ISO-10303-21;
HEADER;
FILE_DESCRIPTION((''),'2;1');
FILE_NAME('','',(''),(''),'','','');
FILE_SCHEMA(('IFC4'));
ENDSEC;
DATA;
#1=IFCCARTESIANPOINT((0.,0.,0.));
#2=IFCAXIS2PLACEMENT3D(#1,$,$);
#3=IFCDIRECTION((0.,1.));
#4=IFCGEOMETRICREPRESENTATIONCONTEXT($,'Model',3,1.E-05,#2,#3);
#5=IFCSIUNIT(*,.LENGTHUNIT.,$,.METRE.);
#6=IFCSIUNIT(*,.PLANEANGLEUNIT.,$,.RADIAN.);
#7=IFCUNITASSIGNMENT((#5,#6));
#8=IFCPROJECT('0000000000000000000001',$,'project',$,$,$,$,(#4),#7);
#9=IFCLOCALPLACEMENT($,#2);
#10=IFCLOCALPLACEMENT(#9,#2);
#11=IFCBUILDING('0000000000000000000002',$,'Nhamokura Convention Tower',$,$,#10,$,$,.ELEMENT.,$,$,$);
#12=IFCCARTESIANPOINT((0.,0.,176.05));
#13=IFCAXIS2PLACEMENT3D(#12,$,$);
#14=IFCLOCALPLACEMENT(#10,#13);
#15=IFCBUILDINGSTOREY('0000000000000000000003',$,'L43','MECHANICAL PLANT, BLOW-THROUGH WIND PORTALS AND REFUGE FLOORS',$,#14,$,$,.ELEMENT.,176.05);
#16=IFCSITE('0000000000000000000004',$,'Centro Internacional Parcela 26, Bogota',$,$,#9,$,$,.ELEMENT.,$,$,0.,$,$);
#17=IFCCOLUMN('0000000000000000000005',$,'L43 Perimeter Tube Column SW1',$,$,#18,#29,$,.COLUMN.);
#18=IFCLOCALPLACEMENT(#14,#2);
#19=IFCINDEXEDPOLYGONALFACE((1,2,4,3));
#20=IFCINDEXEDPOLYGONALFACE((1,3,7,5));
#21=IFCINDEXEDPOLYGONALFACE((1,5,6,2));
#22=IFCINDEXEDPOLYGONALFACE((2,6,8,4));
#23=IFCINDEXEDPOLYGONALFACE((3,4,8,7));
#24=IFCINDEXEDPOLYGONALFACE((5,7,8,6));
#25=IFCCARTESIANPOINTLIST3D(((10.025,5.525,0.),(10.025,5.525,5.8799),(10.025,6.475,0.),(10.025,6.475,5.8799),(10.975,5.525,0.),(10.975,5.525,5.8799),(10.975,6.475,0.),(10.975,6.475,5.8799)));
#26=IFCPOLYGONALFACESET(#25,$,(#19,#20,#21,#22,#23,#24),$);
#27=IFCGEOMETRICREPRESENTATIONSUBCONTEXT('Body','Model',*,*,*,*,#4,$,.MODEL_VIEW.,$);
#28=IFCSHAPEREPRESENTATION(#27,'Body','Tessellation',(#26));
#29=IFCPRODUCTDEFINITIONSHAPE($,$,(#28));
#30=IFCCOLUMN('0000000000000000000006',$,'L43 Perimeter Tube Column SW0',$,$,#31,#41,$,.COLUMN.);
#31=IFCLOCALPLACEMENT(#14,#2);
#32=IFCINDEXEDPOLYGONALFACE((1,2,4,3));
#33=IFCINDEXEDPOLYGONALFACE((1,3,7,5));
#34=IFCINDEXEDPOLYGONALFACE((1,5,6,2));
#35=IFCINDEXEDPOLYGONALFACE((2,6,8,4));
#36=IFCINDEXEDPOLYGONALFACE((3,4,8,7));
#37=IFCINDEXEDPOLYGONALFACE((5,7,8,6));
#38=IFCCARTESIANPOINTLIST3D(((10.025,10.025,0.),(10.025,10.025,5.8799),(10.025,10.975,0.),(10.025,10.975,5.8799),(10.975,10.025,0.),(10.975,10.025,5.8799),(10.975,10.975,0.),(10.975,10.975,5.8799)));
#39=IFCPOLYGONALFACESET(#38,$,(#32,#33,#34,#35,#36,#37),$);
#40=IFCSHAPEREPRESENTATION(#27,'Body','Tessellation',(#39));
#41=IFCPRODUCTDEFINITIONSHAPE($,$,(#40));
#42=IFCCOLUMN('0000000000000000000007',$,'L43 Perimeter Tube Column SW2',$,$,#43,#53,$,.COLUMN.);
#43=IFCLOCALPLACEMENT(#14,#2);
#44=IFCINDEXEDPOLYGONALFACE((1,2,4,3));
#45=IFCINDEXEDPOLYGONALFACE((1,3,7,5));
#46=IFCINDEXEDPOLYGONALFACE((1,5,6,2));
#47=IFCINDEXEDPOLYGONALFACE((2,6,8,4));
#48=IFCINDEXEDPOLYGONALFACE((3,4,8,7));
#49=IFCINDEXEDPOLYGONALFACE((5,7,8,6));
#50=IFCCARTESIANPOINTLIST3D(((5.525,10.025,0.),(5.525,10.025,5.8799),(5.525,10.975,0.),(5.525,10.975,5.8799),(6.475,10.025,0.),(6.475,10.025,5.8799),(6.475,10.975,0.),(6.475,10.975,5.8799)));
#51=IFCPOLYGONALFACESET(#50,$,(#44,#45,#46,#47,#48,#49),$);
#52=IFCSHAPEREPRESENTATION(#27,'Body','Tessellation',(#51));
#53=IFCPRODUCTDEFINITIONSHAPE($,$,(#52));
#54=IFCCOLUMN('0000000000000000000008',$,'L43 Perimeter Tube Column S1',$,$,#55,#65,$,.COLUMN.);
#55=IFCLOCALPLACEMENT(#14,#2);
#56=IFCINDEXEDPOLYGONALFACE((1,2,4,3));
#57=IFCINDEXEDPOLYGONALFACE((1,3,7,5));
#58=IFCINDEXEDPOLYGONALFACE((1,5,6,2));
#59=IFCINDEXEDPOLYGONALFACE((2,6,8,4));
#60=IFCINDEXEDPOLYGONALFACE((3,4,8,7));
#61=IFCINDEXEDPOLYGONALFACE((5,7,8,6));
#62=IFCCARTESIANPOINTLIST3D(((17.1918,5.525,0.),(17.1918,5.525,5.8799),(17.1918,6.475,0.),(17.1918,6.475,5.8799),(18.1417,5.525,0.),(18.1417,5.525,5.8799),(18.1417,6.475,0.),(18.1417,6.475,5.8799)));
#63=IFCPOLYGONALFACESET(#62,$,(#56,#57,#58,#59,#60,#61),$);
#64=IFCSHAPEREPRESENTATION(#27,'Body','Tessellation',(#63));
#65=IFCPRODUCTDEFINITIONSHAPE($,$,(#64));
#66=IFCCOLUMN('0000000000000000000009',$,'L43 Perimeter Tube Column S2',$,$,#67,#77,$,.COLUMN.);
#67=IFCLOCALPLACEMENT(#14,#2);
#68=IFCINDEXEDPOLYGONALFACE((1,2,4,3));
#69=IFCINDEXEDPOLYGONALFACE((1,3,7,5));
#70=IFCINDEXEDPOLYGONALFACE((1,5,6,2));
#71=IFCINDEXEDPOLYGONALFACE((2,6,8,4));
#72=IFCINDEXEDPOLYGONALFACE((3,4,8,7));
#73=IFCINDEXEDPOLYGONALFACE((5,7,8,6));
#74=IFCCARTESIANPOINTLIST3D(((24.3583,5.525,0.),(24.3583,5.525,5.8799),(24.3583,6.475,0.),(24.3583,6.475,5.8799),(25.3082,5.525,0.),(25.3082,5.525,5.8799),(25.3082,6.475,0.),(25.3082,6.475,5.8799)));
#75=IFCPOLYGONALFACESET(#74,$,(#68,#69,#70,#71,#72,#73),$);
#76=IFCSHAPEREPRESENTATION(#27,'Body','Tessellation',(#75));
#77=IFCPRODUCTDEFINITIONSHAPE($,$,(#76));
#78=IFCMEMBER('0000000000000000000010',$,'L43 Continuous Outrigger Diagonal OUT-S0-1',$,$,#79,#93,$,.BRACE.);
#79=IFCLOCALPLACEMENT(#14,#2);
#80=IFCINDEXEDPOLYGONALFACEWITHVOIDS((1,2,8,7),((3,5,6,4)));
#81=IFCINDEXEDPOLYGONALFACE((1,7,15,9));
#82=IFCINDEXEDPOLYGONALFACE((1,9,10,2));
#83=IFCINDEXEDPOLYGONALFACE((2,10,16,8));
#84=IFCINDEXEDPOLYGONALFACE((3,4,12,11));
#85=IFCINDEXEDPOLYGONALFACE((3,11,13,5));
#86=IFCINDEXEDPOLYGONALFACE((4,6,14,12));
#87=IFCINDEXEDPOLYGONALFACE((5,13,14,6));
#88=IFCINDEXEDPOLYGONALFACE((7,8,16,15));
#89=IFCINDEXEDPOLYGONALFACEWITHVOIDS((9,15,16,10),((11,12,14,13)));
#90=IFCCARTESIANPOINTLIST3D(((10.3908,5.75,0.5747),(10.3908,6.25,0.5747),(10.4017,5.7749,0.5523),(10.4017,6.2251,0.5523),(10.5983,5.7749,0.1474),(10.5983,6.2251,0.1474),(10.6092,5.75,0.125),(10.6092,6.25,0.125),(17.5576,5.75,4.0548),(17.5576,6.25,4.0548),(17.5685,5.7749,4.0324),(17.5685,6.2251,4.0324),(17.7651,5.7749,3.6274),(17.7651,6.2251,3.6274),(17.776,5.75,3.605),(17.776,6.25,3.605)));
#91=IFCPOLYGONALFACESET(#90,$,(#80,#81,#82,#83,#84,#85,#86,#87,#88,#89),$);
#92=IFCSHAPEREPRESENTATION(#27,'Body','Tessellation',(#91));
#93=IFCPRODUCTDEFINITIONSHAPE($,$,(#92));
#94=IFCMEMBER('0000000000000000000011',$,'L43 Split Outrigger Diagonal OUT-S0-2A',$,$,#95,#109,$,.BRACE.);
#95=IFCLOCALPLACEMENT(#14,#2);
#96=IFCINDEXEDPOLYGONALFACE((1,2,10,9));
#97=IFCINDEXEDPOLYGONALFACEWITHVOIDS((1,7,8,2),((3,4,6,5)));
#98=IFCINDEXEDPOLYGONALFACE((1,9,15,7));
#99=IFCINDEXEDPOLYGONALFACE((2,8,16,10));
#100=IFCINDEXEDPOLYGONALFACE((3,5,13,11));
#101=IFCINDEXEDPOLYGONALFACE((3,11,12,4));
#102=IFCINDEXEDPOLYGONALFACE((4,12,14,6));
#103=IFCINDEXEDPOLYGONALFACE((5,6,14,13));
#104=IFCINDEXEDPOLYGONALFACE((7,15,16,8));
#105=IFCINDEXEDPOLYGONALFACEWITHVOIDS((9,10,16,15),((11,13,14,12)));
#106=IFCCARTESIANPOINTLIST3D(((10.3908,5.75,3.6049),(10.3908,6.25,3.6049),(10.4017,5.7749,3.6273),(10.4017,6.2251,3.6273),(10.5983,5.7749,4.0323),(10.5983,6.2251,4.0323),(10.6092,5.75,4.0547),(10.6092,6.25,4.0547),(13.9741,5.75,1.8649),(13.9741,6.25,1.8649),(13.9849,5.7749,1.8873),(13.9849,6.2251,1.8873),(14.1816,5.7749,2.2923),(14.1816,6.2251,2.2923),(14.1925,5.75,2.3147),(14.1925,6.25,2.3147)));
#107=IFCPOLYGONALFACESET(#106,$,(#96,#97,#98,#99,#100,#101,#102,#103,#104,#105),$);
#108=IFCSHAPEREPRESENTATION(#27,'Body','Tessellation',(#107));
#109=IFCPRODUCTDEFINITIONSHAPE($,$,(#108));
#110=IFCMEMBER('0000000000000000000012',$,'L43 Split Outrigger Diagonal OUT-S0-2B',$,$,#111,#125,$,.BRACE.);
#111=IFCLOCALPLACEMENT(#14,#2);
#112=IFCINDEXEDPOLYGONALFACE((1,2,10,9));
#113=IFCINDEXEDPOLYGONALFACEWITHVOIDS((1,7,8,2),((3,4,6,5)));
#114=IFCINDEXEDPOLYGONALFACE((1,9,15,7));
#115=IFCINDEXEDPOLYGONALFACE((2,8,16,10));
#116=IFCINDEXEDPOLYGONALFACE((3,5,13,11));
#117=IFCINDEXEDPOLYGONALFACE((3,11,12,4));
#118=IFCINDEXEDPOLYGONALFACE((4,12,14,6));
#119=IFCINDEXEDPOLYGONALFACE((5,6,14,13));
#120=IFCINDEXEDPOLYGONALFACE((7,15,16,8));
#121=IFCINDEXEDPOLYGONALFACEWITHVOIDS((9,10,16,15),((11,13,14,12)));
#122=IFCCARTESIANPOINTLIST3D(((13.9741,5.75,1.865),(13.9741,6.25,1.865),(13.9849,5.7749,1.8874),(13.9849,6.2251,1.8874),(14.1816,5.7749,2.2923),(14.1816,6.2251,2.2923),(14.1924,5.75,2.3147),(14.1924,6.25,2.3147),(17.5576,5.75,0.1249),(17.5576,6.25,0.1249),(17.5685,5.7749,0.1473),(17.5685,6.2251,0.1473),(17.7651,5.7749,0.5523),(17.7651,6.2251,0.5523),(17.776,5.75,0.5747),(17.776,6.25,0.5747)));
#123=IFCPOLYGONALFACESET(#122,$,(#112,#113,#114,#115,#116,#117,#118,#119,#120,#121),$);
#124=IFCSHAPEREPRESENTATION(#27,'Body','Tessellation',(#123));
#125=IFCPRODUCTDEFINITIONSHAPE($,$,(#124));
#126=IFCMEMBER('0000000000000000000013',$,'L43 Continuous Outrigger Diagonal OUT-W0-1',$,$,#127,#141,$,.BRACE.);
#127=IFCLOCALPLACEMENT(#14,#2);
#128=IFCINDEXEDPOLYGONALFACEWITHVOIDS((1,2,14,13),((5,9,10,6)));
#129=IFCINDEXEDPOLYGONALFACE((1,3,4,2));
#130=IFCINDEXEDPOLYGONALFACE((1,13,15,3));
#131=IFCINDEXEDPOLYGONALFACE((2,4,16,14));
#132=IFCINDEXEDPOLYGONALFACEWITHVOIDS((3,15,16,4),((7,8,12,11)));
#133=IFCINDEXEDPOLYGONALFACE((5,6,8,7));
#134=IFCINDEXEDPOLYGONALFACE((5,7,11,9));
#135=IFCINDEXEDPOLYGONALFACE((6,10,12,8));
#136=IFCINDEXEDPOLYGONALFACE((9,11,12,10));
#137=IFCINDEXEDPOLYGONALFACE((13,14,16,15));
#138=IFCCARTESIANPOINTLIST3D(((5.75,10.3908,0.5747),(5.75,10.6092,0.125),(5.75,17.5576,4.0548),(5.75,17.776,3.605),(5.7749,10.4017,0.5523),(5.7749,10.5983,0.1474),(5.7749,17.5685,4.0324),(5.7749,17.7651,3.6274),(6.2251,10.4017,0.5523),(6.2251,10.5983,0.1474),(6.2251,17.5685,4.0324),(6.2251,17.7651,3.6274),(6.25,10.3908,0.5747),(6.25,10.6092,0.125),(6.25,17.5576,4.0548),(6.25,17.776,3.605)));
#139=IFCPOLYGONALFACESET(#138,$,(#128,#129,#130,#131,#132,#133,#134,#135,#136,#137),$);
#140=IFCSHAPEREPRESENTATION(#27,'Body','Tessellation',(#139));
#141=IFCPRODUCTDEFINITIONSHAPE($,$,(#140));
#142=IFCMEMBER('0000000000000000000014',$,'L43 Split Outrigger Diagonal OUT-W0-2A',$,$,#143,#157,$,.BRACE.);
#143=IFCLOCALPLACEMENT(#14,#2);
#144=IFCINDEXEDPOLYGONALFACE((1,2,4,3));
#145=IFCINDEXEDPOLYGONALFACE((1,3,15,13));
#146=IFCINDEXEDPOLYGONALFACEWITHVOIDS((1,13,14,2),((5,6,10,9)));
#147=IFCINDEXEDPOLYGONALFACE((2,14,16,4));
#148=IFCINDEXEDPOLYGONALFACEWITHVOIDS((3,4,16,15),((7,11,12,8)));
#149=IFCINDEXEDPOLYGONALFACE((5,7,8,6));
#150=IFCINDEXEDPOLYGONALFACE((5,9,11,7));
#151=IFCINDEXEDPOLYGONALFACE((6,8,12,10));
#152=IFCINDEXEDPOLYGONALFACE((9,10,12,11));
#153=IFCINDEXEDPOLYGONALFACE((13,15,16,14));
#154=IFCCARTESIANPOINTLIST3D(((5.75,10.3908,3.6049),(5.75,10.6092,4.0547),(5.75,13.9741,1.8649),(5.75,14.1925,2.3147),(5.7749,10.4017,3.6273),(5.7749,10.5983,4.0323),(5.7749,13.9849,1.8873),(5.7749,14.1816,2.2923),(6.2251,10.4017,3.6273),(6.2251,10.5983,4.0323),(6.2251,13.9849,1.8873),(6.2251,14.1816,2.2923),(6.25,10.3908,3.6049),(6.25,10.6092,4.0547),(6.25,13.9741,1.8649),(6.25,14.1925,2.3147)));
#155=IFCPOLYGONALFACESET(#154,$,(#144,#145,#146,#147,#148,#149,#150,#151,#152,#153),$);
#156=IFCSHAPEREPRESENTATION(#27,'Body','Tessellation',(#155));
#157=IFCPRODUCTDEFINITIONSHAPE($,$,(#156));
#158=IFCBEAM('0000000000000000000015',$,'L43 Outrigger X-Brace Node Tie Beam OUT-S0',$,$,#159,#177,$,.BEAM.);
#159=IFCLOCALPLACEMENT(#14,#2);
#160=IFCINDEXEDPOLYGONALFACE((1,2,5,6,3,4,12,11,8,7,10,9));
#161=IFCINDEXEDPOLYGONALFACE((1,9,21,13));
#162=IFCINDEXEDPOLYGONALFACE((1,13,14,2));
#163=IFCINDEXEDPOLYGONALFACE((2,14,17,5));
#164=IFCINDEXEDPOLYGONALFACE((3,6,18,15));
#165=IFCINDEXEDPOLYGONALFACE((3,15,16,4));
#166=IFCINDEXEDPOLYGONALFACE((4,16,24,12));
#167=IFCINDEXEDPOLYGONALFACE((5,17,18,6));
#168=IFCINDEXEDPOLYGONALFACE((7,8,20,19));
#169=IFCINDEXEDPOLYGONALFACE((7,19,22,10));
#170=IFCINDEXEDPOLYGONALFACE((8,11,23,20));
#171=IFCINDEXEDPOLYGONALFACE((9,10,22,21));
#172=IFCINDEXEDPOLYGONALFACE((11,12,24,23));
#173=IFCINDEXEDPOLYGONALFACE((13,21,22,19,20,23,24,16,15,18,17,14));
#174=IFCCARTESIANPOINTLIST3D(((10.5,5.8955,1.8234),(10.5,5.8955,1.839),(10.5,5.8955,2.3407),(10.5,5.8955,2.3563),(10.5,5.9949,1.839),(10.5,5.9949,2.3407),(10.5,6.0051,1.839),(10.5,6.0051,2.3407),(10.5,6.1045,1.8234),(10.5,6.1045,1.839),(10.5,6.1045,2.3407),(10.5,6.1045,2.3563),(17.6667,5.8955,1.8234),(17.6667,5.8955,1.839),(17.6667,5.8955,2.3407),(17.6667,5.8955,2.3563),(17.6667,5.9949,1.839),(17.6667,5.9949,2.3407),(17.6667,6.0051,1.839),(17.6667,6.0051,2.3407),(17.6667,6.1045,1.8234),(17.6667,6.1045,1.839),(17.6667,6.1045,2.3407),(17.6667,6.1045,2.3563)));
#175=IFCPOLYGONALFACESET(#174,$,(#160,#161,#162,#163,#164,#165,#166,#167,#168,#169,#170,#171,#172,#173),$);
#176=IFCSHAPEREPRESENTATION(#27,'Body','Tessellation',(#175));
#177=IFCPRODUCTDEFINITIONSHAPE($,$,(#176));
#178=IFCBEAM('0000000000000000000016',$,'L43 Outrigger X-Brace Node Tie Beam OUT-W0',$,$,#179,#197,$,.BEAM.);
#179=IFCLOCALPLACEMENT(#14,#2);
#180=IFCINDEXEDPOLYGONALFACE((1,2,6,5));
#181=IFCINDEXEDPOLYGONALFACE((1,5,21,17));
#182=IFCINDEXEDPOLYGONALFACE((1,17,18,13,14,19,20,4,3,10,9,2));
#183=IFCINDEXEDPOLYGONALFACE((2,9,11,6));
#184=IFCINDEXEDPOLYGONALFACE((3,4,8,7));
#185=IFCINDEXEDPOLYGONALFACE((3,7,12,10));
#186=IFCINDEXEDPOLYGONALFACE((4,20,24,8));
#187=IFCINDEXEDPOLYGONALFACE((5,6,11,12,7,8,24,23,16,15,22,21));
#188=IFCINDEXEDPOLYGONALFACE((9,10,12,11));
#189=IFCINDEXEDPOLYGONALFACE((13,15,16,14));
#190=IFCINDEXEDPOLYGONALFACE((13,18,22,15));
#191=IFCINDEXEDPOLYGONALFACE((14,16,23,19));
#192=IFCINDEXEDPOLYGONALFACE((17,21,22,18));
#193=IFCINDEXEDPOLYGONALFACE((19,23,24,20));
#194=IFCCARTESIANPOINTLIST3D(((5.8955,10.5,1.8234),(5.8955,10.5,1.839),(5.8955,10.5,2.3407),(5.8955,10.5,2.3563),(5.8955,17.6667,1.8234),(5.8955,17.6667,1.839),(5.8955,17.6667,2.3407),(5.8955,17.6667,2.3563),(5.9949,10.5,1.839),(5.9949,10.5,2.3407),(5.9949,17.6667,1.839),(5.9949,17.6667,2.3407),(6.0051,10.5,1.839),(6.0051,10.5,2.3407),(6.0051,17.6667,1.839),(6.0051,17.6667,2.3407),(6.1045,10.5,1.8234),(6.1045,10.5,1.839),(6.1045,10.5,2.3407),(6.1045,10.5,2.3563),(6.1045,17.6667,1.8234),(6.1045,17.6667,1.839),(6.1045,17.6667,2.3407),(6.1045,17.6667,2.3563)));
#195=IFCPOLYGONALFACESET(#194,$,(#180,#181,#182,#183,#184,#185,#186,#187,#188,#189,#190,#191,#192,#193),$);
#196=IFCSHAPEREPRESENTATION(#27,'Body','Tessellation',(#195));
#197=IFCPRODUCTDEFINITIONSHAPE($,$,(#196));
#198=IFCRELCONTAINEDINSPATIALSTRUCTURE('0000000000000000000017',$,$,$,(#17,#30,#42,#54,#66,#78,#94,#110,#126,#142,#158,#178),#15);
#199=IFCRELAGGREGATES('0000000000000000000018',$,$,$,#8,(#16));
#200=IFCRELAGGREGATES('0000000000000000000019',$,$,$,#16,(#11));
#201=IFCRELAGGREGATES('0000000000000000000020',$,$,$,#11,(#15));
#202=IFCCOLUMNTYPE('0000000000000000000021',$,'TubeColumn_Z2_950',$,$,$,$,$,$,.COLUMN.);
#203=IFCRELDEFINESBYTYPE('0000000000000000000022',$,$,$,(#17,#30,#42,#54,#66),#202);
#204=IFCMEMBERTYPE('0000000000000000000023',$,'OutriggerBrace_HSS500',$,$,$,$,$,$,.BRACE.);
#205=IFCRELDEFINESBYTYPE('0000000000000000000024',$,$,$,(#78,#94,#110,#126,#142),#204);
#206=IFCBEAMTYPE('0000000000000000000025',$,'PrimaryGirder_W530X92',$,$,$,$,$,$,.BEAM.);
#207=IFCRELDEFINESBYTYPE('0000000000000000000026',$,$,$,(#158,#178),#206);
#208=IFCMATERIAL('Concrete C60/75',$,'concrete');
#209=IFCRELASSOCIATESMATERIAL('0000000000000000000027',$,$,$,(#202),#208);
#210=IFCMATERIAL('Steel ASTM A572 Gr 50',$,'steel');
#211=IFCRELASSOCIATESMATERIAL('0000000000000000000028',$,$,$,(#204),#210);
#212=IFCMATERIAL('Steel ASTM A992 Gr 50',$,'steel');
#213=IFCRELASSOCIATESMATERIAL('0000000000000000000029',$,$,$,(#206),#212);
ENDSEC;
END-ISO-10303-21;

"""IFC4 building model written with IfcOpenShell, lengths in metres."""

from ifc_helpers import new_model, si_unit, direction, frame, origin, origin_2d, place, context, subcontext, project, spatial, rectangle, hollow_rectangle, i_section, extrude, material, material_profile, profile_set, type_object, element, save


model = new_model("IFC4")

# Units and contexts
model_context = context("Model", 3, precision=1e-05, world=origin(), true_north=direction((0.0, 1.0)))
body_context = subcontext(model_context, "Body", "Model", "MODEL_VIEW")
ifc_project = project(units=[si_unit("LENGTHUNIT", "METRE"), si_unit("PLANEANGLEUNIT", "RADIAN")], contexts=[model_context])

# Site, building, storey
site_placement = place(None, origin())
site = spatial("IfcSite", under=ifc_project, at=site_placement, Name="Centro Internacional Parcela 26, Bogota", CompositionType="ELEMENT", RefElevation=0.0)
building_placement = place(site_placement, origin())
building = spatial("IfcBuilding", under=site, at=building_placement, Name="Nhamokura Convention Tower", CompositionType="ELEMENT")
storey_placement = place(building_placement, frame((0.0, 0.0, 176.05)))
storey = spatial("IfcBuildingStorey", under=building, at=storey_placement, Name="L43", Description="MECHANICAL PLANT, BLOW-THROUGH WIND PORTALS AND REFUGE FLOORS", CompositionType="ELEMENT", Elevation=176.05)

# Columns
ifc_material_1 = material(Name="Concrete C60/75", Category="concrete")
ifc_material_profile_1 = material_profile(ifc_material_1, rectangle(XDim=0.95, YDim=0.95, at=origin_2d()))
ifc_profile_set_1 = profile_set([ifc_material_profile_1], Name="Concrete C60/75")
column_type = type_object("IfcColumnType", Name="TubeColumn_Z2_950", PredefinedType="COLUMN", material=ifc_profile_set_1)
for number, where, z_axis, x_axis, name in (
    (1, (10.5, 6.0, 0.0), (0.0, 0.0, 1.0), (1.0, 0.0, 0.0), "L43 Perimeter Tube Column SW1"),
    (2, (10.5, 10.5, 0.0), (0.0, 0.0, 1.0), (1.0, 0.0, 0.0), "L43 Perimeter Tube Column SW0"),
    (3, (6.0, 10.5, 0.0), (0.0, 0.0, 1.0), (1.0, 0.0, 0.0), "L43 Perimeter Tube Column SW2"),
    (4, (17.6667, 6.0, 0.0), (0.0, 0.0, 1.0), (1.0, 0.0, 0.0), "L43 Perimeter Tube Column S1"),
    (5, (24.8333, 6.0, 0.0), (0.0, 0.0, 1.0), (1.0, 0.0, 0.0), "L43 Perimeter Tube Column S2"),
):
    element("IfcColumn", number, at=place(storey_placement, frame(where, z_axis=z_axis, x_axis=x_axis)), inside=storey, type_object=column_type, Name=name, PredefinedType="COLUMN", context=body_context, shape_type="SweptSolid", body=[
        extrude(rectangle(XDim=0.95, YDim=0.95, at=origin_2d()), origin(), (0.0, 0.0, 1.0), 5.8799),
    ])

# Members
ifc_material_2 = material(Name="Steel ASTM A572 Gr 50", Category="steel")
ifc_material_profile_2 = material_profile(ifc_material_2, hollow_rectangle(XDim=0.5, YDim=0.5, WallThickness=0.0249, at=origin_2d()))
ifc_profile_set_2 = profile_set([ifc_material_profile_2], Name="Steel ASTM A572 Gr 50")
member_type_1 = type_object("IfcMemberType", Name="OutriggerBrace_HSS500", PredefinedType="BRACE", material=ifc_profile_set_2)
member_1_placement = place(storey_placement, frame((10.5, 6.0, 0.3499), z_axis=(0.899558, 0.0, 0.436801), x_axis=(0.0, 1.0, 0.0)))
element("IfcMember", 6, at=member_1_placement, inside=storey, type_object=member_type_1, Name="L43 Continuous Outrigger Diagonal OUT-S0-1", PredefinedType="BRACE", context=body_context, shape_type="SweptSolid", body=[
    extrude(hollow_rectangle(XDim=0.5, YDim=0.5, WallThickness=0.0249, at=origin_2d()), origin(), (0.0, 0.0, 1.0), 7.967),
])
member_2_placement = place(storey_placement, frame((10.5, 6.0, 3.8298), z_axis=(0.899552, 0.0, -0.436813), x_axis=(0.0, 1.0, 0.0)))
element("IfcMember", 7, at=member_2_placement, inside=storey, type_object=member_type_1, Name="L43 Split Outrigger Diagonal OUT-S0-2A", PredefinedType="BRACE", context=body_context, shape_type="SweptSolid", body=[
    extrude(hollow_rectangle(XDim=0.5, YDim=0.5, WallThickness=0.0249, at=origin_2d()), origin(), (0.0, 0.0, 1.0), 3.9834),
])
member_3_placement = place(storey_placement, frame((14.0833, 6.0, 2.0898), z_axis=(0.899564, 0.0, -0.436789), x_axis=(0.0, 1.0, 0.0)))
element("IfcMember", 8, at=member_3_placement, inside=storey, type_object=member_type_1, Name="L43 Split Outrigger Diagonal OUT-S0-2B", PredefinedType="BRACE", context=body_context, shape_type="SweptSolid", body=[
    extrude(hollow_rectangle(XDim=0.5, YDim=0.5, WallThickness=0.0249, at=origin_2d()), origin(), (0.0, 0.0, 1.0), 3.9836),
])
member_4_placement = place(storey_placement, frame((6.0, 10.5, 0.3499), z_axis=(0.0, 0.899558, 0.436801), x_axis=(-1.0, 0.0, 0.0)))
element("IfcMember", 9, at=member_4_placement, inside=storey, type_object=member_type_1, Name="L43 Continuous Outrigger Diagonal OUT-W0-1", PredefinedType="BRACE", context=body_context, shape_type="SweptSolid", body=[
    extrude(hollow_rectangle(XDim=0.5, YDim=0.5, WallThickness=0.0249, at=origin_2d()), origin(), (0.0, 0.0, 1.0), 7.967),
])
member_5_placement = place(storey_placement, frame((6.0, 10.5, 3.8298), z_axis=(0.0, 0.899552, -0.436813), x_axis=(-1.0, 0.0, 0.0)))
element("IfcMember", 10, at=member_5_placement, inside=storey, type_object=member_type_1, Name="L43 Split Outrigger Diagonal OUT-W0-2A", PredefinedType="BRACE", context=body_context, shape_type="SweptSolid", body=[
    extrude(hollow_rectangle(XDim=0.5, YDim=0.5, WallThickness=0.0249, at=origin_2d()), origin(), (0.0, 0.0, 1.0), 3.9834),
])

# Beams
ifc_material_3 = material(Name="Steel ASTM A992 Gr 50", Category="steel")
ifc_material_profile_3 = material_profile(ifc_material_3, i_section(OverallWidth=0.209, OverallDepth=0.533, WebThickness=0.0103, FlangeThickness=0.0156, at=origin_2d()))
ifc_profile_set_3 = profile_set([ifc_material_profile_3], Name="Steel ASTM A992 Gr 50")
beam_type_1 = type_object("IfcBeamType", Name="PrimaryGirder_W530X92", PredefinedType="BEAM", material=ifc_profile_set_3)
for number, where, z_axis, x_axis, name in (
    (11, (10.5, 6.0, 2.0898), (1.0, 0.0, 0.0), (0.0, 1.0, 0.0), "L43 Outrigger X-Brace Node Tie Beam OUT-S0"),
    (12, (6.0, 10.5, 2.0898), (0.0, 1.0, 0.0), (-1.0, 0.0, 0.0), "L43 Outrigger X-Brace Node Tie Beam OUT-W0"),
):
    element("IfcBeam", number, at=place(storey_placement, frame(where, z_axis=z_axis, x_axis=x_axis)), inside=storey, type_object=beam_type_1, Name=name, PredefinedType="BEAM", context=body_context, shape_type="SweptSolid", body=[
        extrude(i_section(OverallWidth=0.209, OverallDepth=0.533, WebThickness=0.0103, FlangeThickness=0.0156, at=origin_2d()), origin(), (0.0, 0.0, 1.0), 7.1667),
    ])

save(model, "model.ifc")
